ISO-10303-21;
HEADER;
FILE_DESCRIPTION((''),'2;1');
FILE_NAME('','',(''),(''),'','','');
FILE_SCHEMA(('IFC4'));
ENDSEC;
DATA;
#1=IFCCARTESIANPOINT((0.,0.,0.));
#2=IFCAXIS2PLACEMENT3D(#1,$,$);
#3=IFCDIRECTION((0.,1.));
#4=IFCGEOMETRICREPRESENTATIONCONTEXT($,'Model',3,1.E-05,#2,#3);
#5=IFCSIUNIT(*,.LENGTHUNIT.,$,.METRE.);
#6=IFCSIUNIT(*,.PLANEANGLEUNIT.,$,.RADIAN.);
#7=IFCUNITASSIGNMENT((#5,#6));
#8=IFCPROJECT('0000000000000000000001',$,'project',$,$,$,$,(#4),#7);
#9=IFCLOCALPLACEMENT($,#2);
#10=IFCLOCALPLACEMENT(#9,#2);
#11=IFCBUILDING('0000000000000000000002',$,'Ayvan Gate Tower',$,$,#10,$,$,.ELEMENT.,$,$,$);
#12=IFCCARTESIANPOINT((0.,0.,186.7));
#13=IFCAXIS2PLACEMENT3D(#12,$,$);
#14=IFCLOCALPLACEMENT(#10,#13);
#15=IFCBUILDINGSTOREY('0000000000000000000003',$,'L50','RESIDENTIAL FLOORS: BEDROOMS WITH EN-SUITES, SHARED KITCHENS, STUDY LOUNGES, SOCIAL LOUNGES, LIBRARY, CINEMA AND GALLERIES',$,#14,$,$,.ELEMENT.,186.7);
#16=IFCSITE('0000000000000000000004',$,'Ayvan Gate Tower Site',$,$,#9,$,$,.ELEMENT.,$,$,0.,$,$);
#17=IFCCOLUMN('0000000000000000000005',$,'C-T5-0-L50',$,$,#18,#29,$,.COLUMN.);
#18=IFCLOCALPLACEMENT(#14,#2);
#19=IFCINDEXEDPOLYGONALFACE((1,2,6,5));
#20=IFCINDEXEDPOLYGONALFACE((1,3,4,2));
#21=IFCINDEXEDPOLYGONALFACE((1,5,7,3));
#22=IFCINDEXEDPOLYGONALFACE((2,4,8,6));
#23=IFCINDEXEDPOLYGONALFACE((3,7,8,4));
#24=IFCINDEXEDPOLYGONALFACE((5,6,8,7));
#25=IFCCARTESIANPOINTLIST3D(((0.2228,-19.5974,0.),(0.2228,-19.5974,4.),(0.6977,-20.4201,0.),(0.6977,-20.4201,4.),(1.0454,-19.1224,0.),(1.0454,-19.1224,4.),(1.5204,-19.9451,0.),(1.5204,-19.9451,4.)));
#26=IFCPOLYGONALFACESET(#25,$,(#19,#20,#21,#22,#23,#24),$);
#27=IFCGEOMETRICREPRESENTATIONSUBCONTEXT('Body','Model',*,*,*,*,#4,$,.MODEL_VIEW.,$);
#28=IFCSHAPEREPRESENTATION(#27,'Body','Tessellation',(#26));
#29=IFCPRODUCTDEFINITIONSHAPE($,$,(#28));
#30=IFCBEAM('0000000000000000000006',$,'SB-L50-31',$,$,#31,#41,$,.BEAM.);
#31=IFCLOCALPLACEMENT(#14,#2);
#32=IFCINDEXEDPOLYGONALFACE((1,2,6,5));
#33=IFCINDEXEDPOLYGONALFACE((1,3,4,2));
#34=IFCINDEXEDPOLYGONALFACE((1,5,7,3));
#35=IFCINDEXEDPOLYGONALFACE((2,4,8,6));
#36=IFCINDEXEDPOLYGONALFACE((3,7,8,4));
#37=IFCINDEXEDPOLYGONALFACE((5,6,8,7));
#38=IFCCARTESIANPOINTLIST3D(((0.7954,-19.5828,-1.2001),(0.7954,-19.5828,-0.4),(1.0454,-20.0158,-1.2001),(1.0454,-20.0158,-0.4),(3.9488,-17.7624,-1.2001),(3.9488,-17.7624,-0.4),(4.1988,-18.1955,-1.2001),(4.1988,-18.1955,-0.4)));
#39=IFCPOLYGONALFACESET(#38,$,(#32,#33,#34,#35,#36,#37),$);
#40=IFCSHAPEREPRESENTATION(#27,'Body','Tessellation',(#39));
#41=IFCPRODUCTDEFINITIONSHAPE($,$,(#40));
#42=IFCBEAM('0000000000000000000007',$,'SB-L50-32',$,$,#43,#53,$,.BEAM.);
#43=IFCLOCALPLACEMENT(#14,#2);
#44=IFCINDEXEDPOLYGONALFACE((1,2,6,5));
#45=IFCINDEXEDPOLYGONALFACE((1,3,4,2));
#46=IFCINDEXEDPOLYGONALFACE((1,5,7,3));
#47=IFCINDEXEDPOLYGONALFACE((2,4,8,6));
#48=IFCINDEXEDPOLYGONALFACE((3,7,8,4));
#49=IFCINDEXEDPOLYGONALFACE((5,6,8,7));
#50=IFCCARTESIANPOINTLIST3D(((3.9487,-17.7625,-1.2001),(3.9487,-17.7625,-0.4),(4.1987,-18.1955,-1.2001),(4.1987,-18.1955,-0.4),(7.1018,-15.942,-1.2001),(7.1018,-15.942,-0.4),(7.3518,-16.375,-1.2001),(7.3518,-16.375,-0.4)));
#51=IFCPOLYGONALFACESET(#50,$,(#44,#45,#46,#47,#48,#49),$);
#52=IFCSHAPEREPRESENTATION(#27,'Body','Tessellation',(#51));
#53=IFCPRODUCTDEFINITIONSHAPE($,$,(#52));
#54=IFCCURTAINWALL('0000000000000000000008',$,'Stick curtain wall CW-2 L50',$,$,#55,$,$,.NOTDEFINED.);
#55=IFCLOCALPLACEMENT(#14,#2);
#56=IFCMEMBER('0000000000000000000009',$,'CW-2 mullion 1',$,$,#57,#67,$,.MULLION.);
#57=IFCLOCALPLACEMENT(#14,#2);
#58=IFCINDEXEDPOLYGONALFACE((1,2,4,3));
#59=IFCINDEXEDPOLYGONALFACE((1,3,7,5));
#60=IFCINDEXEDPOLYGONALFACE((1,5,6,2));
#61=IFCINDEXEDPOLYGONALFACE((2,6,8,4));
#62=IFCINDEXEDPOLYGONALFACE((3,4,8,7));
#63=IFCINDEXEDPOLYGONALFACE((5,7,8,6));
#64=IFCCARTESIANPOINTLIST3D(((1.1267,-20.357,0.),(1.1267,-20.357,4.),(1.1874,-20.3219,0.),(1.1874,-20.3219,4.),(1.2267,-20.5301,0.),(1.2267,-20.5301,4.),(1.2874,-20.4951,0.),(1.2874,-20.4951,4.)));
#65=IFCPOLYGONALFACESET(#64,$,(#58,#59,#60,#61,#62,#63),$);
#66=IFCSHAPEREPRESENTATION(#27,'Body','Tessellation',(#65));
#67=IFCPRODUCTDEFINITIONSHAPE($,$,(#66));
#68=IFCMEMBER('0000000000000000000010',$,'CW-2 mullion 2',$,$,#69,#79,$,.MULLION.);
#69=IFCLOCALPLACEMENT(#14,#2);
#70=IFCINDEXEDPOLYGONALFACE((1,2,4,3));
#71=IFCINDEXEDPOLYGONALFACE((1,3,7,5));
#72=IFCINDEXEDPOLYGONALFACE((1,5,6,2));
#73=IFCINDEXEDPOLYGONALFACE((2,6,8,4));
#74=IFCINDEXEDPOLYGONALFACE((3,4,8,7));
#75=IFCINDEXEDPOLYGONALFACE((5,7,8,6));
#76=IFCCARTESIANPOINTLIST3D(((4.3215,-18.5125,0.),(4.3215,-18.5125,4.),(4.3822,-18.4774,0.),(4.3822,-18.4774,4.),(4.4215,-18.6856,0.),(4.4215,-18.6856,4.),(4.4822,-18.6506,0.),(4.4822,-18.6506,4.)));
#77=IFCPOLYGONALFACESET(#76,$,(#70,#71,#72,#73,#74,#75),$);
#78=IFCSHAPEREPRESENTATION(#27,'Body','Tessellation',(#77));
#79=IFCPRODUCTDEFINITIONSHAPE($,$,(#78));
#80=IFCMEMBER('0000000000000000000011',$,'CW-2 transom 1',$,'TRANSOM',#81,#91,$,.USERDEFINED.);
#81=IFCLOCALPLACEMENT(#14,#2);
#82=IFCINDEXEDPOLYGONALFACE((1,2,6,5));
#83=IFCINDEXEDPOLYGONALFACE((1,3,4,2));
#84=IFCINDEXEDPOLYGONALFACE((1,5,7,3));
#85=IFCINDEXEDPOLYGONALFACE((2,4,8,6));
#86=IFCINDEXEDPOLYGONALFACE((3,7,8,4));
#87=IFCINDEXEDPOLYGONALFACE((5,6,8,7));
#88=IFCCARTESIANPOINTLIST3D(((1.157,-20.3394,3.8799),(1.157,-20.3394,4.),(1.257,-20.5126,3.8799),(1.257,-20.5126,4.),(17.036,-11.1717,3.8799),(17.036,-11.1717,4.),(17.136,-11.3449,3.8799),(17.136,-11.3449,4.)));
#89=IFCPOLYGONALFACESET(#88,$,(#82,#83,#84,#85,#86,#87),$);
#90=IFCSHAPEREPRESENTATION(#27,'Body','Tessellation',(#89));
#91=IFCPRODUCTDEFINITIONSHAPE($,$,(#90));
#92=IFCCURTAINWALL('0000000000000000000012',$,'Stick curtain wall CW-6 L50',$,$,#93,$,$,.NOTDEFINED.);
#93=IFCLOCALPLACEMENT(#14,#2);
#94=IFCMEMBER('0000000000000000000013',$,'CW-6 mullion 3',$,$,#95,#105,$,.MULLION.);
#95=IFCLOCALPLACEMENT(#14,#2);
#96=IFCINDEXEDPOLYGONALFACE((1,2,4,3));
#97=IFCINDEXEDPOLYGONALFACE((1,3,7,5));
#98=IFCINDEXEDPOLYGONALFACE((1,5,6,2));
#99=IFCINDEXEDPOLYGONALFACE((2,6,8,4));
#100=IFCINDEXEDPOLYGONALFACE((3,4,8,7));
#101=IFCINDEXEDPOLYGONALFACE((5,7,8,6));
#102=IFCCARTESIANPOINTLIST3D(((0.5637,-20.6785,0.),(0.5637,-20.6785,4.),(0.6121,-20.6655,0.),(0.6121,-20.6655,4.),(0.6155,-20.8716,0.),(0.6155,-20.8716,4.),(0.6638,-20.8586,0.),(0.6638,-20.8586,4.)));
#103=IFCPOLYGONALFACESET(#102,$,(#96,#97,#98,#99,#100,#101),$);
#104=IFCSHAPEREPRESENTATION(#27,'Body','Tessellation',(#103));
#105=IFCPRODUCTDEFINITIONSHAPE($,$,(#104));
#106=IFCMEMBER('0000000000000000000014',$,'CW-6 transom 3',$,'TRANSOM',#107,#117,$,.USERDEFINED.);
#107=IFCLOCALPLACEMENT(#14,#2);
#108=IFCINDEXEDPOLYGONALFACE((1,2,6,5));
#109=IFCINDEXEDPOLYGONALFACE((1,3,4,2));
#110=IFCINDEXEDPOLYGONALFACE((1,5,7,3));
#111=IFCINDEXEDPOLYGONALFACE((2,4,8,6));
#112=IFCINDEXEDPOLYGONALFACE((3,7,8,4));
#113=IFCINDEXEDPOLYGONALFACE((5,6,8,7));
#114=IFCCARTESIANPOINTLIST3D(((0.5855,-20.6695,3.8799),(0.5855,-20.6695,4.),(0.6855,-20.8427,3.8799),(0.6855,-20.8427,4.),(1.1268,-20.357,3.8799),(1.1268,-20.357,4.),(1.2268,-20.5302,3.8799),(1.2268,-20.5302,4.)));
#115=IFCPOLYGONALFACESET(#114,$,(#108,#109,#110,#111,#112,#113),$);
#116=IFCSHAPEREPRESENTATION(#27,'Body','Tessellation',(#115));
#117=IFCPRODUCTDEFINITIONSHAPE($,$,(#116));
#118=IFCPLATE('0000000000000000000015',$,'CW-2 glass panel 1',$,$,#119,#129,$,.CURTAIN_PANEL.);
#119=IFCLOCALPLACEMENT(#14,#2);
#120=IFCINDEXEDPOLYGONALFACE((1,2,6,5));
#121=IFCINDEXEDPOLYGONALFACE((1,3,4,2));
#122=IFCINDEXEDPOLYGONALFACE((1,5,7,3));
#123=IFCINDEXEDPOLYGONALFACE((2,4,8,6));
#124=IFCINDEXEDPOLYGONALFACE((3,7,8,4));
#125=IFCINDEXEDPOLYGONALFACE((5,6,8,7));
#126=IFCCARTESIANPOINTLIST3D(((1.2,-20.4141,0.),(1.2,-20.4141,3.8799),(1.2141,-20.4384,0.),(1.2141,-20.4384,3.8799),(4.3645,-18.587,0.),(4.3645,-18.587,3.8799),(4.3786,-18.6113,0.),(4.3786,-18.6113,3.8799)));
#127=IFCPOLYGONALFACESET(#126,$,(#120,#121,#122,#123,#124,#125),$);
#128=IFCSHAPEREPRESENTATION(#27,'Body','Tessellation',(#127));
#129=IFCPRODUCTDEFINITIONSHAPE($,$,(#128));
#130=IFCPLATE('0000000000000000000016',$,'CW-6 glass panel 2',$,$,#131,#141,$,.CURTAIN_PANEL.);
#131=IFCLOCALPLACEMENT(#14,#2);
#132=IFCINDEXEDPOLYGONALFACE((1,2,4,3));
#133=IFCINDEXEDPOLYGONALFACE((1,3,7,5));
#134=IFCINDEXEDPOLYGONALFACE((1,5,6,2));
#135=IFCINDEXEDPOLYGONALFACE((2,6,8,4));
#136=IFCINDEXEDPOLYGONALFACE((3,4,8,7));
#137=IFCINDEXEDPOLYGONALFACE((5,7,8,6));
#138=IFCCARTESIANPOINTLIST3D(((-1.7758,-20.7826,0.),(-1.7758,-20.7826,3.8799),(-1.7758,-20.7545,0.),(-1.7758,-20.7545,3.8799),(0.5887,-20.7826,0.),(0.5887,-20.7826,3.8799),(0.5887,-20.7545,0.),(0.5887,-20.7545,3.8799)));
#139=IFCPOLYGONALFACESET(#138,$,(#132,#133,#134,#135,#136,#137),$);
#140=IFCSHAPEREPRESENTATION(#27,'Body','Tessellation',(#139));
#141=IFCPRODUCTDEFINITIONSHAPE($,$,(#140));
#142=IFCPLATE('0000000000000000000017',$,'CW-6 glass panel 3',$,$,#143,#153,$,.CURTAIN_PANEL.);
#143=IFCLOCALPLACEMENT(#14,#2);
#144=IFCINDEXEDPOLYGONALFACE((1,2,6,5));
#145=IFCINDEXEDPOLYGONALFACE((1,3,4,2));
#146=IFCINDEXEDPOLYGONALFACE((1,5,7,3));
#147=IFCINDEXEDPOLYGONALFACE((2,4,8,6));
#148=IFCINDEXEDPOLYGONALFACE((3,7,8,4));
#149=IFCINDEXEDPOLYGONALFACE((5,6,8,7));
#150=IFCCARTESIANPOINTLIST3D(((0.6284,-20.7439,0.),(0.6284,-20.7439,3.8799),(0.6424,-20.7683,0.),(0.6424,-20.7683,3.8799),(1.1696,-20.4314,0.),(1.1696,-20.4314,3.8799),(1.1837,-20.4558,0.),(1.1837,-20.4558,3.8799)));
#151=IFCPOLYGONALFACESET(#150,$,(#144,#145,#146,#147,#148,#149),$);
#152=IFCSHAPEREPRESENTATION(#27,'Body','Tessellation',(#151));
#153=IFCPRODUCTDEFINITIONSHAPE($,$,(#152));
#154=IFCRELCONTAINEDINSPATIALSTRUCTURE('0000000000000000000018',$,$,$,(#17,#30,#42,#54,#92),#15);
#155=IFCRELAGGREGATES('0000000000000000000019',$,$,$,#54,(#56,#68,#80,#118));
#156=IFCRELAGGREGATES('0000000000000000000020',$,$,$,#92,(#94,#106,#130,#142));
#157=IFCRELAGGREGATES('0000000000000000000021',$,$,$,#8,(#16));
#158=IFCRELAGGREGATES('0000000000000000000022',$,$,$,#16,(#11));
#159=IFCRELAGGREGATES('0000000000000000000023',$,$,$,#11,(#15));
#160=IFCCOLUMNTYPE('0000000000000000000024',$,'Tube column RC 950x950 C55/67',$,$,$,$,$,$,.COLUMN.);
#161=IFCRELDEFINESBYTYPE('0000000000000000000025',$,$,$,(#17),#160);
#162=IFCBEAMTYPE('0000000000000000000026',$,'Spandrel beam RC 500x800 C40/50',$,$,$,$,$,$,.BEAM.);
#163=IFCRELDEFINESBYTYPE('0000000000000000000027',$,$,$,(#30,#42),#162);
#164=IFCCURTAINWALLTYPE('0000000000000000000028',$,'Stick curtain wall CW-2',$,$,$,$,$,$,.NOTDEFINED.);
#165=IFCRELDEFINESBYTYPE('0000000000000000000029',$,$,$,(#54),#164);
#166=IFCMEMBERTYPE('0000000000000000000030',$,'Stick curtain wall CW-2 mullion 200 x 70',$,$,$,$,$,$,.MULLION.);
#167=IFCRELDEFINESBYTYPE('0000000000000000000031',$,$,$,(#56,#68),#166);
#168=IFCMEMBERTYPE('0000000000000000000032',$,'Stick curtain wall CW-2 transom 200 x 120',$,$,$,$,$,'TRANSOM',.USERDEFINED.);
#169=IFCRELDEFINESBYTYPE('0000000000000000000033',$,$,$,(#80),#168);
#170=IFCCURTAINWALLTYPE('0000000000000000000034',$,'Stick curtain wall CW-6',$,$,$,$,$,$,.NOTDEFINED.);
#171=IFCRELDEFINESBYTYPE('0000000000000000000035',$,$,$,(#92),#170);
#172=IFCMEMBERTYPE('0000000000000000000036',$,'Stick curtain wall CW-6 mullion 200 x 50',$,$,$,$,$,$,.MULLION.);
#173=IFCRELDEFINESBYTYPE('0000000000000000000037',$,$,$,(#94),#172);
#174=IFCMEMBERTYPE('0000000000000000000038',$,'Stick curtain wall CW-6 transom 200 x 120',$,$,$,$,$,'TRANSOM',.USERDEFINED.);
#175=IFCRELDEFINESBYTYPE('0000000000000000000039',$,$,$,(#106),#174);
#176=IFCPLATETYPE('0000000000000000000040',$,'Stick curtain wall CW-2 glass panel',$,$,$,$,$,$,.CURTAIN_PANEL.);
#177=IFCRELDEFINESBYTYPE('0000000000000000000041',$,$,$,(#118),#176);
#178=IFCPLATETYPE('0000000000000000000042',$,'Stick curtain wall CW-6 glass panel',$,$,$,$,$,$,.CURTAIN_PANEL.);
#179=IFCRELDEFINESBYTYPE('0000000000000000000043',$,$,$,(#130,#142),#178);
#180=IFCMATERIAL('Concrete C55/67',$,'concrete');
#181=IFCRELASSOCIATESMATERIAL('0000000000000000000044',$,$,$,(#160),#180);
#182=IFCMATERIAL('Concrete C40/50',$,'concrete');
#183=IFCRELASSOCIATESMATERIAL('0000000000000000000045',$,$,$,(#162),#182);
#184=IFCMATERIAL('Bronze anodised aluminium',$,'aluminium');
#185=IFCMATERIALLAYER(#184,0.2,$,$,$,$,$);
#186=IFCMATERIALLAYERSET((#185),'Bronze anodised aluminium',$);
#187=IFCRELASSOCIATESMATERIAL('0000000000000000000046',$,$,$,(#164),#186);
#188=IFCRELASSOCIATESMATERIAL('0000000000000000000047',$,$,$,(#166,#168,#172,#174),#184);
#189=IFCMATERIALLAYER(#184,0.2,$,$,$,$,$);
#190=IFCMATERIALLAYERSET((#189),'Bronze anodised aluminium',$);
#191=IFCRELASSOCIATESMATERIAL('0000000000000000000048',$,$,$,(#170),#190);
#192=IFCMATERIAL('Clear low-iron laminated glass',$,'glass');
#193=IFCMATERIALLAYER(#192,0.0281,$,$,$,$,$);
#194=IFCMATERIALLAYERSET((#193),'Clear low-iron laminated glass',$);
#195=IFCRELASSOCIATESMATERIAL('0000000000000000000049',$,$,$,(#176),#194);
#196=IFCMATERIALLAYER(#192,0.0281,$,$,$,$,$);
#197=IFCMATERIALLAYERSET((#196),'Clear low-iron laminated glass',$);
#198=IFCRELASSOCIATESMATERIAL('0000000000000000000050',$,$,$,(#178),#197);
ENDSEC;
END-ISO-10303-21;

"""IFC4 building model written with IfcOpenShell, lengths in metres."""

from ifc_helpers import new_model, si_unit, direction, frame, origin, origin_2d, place, context, subcontext, project, spatial, rectangle, extrude, material, layer, layer_set, material_profile, profile_set, type_object, element, aggregate, save


model = new_model("IFC4")

# Units and contexts
model_context = context("Model", 3, precision=1e-05, world=origin(), true_north=direction((0.0, 1.0)))
body_context = subcontext(model_context, "Body", "Model", "MODEL_VIEW")
ifc_project = project(units=[si_unit("LENGTHUNIT", "METRE"), si_unit("PLANEANGLEUNIT", "RADIAN")], contexts=[model_context])

# Site, building, storey
site_placement = place(None, origin())
site = spatial("IfcSite", under=ifc_project, at=site_placement, Name="Ayvan Gate Tower Site", CompositionType="ELEMENT", RefElevation=0.0)
building_placement = place(site_placement, origin())
building = spatial("IfcBuilding", under=site, at=building_placement, Name="Ayvan Gate Tower", CompositionType="ELEMENT")
storey_placement = place(building_placement, frame((0.0, 0.0, 186.7)))
storey = spatial("IfcBuildingStorey", under=building, at=storey_placement, Name="L50", Description="RESIDENTIAL FLOORS: BEDROOMS WITH EN-SUITES, SHARED KITCHENS, STUDY LOUNGES, SOCIAL LOUNGES, LIBRARY, CINEMA AND GALLERIES", CompositionType="ELEMENT", Elevation=186.7)

# Column
ifc_material_1 = material(Name="Concrete C55/67", Category="concrete")
ifc_material_profile_1 = material_profile(ifc_material_1, rectangle(XDim=0.95, YDim=0.95, at=origin_2d()), Name="RC 950x950")
ifc_profile_set_1 = profile_set([ifc_material_profile_1], Name="Concrete C55/67")
column_type = type_object("IfcColumnType", Name="Tube column RC 950x950 C55/67", PredefinedType="COLUMN", material=ifc_profile_set_1)
column_placement = place(storey_placement, frame((0.8716, -19.7712, 0.0), z_axis=(0.0, 0.0, 1.0), x_axis=(0.5, -0.866025, 0.0)))
element("IfcColumn", 1, at=column_placement, inside=storey, type_object=column_type, Name="C-T5-0-L50", PredefinedType="COLUMN", context=body_context, shape_type="SweptSolid", body=[
    extrude(rectangle(XDim=0.95, YDim=0.95, at=origin_2d()), origin(), (0.0, 0.0, 1.0), 4.0),
])

# Beams
ifc_material_2 = material(Name="Concrete C40/50", Category="concrete")
ifc_material_profile_2 = material_profile(ifc_material_2, rectangle(XDim=0.5, YDim=0.8, at=origin_2d()), Name="RC 500x800")
ifc_profile_set_2 = profile_set([ifc_material_profile_2], Name="Concrete C40/50")
beam_type = type_object("IfcBeamType", Name="Spandrel beam RC 500x800 C40/50", PredefinedType="BEAM", material=ifc_profile_set_2)
beam_1_placement = place(storey_placement, frame((0.9204, -19.7993, -0.8), z_axis=(0.866056, 0.499947, 0.0), x_axis=(-0.499947, 0.866056, 0.0)))
element("IfcBeam", 2, at=beam_1_placement, inside=storey, type_object=beam_type, Name="SB-L50-31", PredefinedType="BEAM", context=body_context, shape_type="SweptSolid", body=[
    extrude(rectangle(XDim=0.5, YDim=0.8, at=origin_2d()), origin(), (0.0, 0.0, 1.0), 3.6411),
])
beam_2_placement = place(storey_placement, frame((4.0737, -17.979, -0.8), z_axis=(0.86601, 0.500026, 0.0), x_axis=(-0.500026, 0.86601, 0.0)))
element("IfcBeam", 3, at=beam_2_placement, inside=storey, type_object=beam_type, Name="SB-L50-32", PredefinedType="BEAM", context=body_context, shape_type="SweptSolid", body=[
    extrude(rectangle(XDim=0.5, YDim=0.8, at=origin_2d()), origin(), (0.0, 0.0, 1.0), 3.6409),
])

# Curtain walls, members
ifc_material_3 = material(Name="Bronze anodised aluminium", Category="aluminium")
ifc_layer_1 = layer(ifc_material_3, 0.2)
ifc_layer_set_1 = layer_set([ifc_layer_1], Name="Bronze anodised aluminium")
curtain_wall_type_1 = type_object("IfcCurtainWallType", Name="Stick curtain wall CW-2", PredefinedType="NOTDEFINED", material=ifc_layer_set_1)
curtain_wall_1_placement = place(storey_placement, origin())
curtain_wall_1 = element("IfcCurtainWall", 4, at=curtain_wall_1_placement, inside=storey, type_object=curtain_wall_type_1, Name="Stick curtain wall CW-2 L50", PredefinedType="NOTDEFINED")
ifc_material_profile_3 = material_profile(ifc_material_3, rectangle(XDim=0.2, YDim=0.0701, at=origin_2d()), Name="Stick curtain wall CW-2 mullion 200 x 70")
ifc_profile_set_3 = profile_set([ifc_material_profile_3], Name="Bronze anodised aluminium")
member_type_1 = type_object("IfcMemberType", Name="Stick curtain wall CW-2 mullion 200 x 70", PredefinedType="MULLION", material=ifc_profile_set_3)
member_1_placement = place(storey_placement, frame((1.207, -20.426, 0.0), z_axis=(0.0, 0.0, 1.0), x_axis=(0.5, -0.866025, 0.0)))
member_1 = element("IfcMember", 5, at=member_1_placement, type_object=member_type_1, Name="CW-2 mullion 1", PredefinedType="MULLION", context=body_context, shape_type="SweptSolid", body=[
    extrude(rectangle(XDim=0.2, YDim=0.0701, at=origin_2d()), origin(), (0.0, 0.0, 1.0), 4.0),
])
member_2_placement = place(storey_placement, frame((4.4019, -18.5815, 0.0), z_axis=(0.0, 0.0, 1.0), x_axis=(0.5, -0.866025, 0.0)))
member_2 = element("IfcMember", 6, at=member_2_placement, type_object=member_type_1, Name="CW-2 mullion 2", PredefinedType="MULLION", context=body_context, shape_type="SweptSolid", body=[
    extrude(rectangle(XDim=0.2, YDim=0.0701, at=origin_2d()), origin(), (0.0, 0.0, 1.0), 4.0),
])
ifc_material_profile_4 = material_profile(ifc_material_3, rectangle(XDim=0.2, YDim=0.1201, at=origin_2d()), Name="Stick curtain wall CW-2 transom 200 x 120")
ifc_profile_set_4 = profile_set([ifc_material_profile_4], Name="Bronze anodised aluminium")
member_type_2 = type_object("IfcMemberType", Name="Stick curtain wall CW-2 transom 200 x 120", ElementType="TRANSOM", PredefinedType="USERDEFINED", material=ifc_profile_set_4)
member_3_placement = place(storey_placement, frame((1.207, -20.426, 3.9399), z_axis=(0.866025, 0.500001, 0.0), x_axis=(-0.500001, 0.866025, 0.0)))
member_3 = element("IfcMember", 7, at=member_3_placement, type_object=member_type_2, Name="CW-2 transom 1", ObjectType="TRANSOM", PredefinedType="USERDEFINED", context=body_context, shape_type="SweptSolid", body=[
    extrude(rectangle(XDim=0.2, YDim=0.1201, at=origin_2d()), origin(), (0.0, 0.0, 1.0), 18.3354),
])
ifc_layer_2 = layer(ifc_material_3, 0.2)
ifc_layer_set_2 = layer_set([ifc_layer_2], Name="Bronze anodised aluminium")
curtain_wall_type_2 = type_object("IfcCurtainWallType", Name="Stick curtain wall CW-6", PredefinedType="NOTDEFINED", material=ifc_layer_set_2)
curtain_wall_2_placement = place(storey_placement, origin())
curtain_wall_2 = element("IfcCurtainWall", 8, at=curtain_wall_2_placement, inside=storey, type_object=curtain_wall_type_2, Name="Stick curtain wall CW-6 L50", PredefinedType="NOTDEFINED")
ifc_material_profile_5 = material_profile(ifc_material_3, rectangle(XDim=0.2, YDim=0.05, at=origin_2d()), Name="Stick curtain wall CW-6 mullion 200 x 50")
ifc_profile_set_5 = profile_set([ifc_material_profile_5], Name="Bronze anodised aluminium")
member_type_3 = type_object("IfcMemberType", Name="Stick curtain wall CW-6 mullion 200 x 50", PredefinedType="MULLION", material=ifc_profile_set_5)
member_4_placement = place(storey_placement, frame((0.6138, -20.7686, 0.0), z_axis=(0.0, 0.0, 1.0), x_axis=(0.258819, -0.965926, 0.0)))
member_4 = element("IfcMember", 9, at=member_4_placement, type_object=member_type_3, Name="CW-6 mullion 3", PredefinedType="MULLION", context=body_context, shape_type="SweptSolid", body=[
    extrude(rectangle(XDim=0.2, YDim=0.05, at=origin_2d()), origin(), (0.0, 0.0, 1.0), 4.0),
])
ifc_material_profile_6 = material_profile(ifc_material_3, rectangle(XDim=0.2, YDim=0.1201, at=origin_2d()), Name="Stick curtain wall CW-6 transom 200 x 120")
ifc_profile_set_6 = profile_set([ifc_material_profile_6], Name="Bronze anodised aluminium")
member_type_4 = type_object("IfcMemberType", Name="Stick curtain wall CW-6 transom 200 x 120", ElementType="TRANSOM", PredefinedType="USERDEFINED", material=ifc_profile_set_6)
member_5_placement = place(storey_placement, frame((0.6355, -20.7561, 3.9399), z_axis=(0.866023, 0.500004, 0.0), x_axis=(-0.500004, 0.866023, 0.0)))
member_5 = element("IfcMember", 10, at=member_5_placement, type_object=member_type_4, Name="CW-6 transom 3", ObjectType="TRANSOM", PredefinedType="USERDEFINED", context=body_context, shape_type="SweptSolid", body=[
    extrude(rectangle(XDim=0.2, YDim=0.1201, at=origin_2d()), origin(), (0.0, 0.0, 1.0), 0.625),
])

# Plates
ifc_material_4 = material(Name="Clear low-iron laminated glass", Category="glass")
ifc_layer_3 = layer(ifc_material_4, 0.0281)
ifc_layer_set_3 = layer_set([ifc_layer_3], Name="Clear low-iron laminated glass")
plate_type_1 = type_object("IfcPlateType", Name="Stick curtain wall CW-2 glass panel", PredefinedType="CURTAIN_PANEL", material=ifc_layer_set_3)
plate_1_placement = place(storey_placement, frame((2.7893, -19.5127, 0.0), z_axis=(0.0, 0.0, 1.0), x_axis=(0.866025, 0.5, 0.0)))
plate_1 = element("IfcPlate", 11, at=plate_1_placement, type_object=plate_type_1, Name="CW-2 glass panel 1", PredefinedType="CURTAIN_PANEL", context=body_context, shape_type="SweptSolid", body=[
    extrude(rectangle(XDim=3.6541, YDim=0.0281, at=origin_2d()), origin(), (0.0, 0.0, 1.0), 3.8799),
])
aggregate(curtain_wall_1, [member_1, member_2, member_3, plate_1])
ifc_layer_4 = layer(ifc_material_4, 0.0281)
ifc_layer_set_4 = layer_set([ifc_layer_4], Name="Clear low-iron laminated glass")
plate_type_2 = type_object("IfcPlateType", Name="Stick curtain wall CW-6 glass panel", PredefinedType="CURTAIN_PANEL", material=ifc_layer_set_4)
plate_2_placement = place(storey_placement, frame((-0.5935, -20.7686, 0.0), z_axis=(0.0, 0.0, 1.0), x_axis=(1.0, 0.0, 0.0)))
plate_2 = element("IfcPlate", 12, at=plate_2_placement, type_object=plate_type_2, Name="CW-6 glass panel 2", PredefinedType="CURTAIN_PANEL", context=body_context, shape_type="SweptSolid", body=[
    extrude(rectangle(XDim=2.3645, YDim=0.0281, at=origin_2d()), origin(), (0.0, 0.0, 1.0), 3.8799),
])
plate_3_placement = place(storey_placement, frame((0.906, -20.5999, 0.0), z_axis=(0.0, 0.0, 1.0), x_axis=(0.866025, 0.5, 0.0)))
plate_3 = element("IfcPlate", 13, at=plate_3_placement, type_object=plate_type_2, Name="CW-6 glass panel 3", PredefinedType="CURTAIN_PANEL", context=body_context, shape_type="SweptSolid", body=[
    extrude(rectangle(XDim=0.625, YDim=0.0281, at=origin_2d()), origin(), (0.0, 0.0, 1.0), 3.8799),
])
aggregate(curtain_wall_2, [member_4, member_5, plate_2, plate_3])

save(model, "model.ifc")
